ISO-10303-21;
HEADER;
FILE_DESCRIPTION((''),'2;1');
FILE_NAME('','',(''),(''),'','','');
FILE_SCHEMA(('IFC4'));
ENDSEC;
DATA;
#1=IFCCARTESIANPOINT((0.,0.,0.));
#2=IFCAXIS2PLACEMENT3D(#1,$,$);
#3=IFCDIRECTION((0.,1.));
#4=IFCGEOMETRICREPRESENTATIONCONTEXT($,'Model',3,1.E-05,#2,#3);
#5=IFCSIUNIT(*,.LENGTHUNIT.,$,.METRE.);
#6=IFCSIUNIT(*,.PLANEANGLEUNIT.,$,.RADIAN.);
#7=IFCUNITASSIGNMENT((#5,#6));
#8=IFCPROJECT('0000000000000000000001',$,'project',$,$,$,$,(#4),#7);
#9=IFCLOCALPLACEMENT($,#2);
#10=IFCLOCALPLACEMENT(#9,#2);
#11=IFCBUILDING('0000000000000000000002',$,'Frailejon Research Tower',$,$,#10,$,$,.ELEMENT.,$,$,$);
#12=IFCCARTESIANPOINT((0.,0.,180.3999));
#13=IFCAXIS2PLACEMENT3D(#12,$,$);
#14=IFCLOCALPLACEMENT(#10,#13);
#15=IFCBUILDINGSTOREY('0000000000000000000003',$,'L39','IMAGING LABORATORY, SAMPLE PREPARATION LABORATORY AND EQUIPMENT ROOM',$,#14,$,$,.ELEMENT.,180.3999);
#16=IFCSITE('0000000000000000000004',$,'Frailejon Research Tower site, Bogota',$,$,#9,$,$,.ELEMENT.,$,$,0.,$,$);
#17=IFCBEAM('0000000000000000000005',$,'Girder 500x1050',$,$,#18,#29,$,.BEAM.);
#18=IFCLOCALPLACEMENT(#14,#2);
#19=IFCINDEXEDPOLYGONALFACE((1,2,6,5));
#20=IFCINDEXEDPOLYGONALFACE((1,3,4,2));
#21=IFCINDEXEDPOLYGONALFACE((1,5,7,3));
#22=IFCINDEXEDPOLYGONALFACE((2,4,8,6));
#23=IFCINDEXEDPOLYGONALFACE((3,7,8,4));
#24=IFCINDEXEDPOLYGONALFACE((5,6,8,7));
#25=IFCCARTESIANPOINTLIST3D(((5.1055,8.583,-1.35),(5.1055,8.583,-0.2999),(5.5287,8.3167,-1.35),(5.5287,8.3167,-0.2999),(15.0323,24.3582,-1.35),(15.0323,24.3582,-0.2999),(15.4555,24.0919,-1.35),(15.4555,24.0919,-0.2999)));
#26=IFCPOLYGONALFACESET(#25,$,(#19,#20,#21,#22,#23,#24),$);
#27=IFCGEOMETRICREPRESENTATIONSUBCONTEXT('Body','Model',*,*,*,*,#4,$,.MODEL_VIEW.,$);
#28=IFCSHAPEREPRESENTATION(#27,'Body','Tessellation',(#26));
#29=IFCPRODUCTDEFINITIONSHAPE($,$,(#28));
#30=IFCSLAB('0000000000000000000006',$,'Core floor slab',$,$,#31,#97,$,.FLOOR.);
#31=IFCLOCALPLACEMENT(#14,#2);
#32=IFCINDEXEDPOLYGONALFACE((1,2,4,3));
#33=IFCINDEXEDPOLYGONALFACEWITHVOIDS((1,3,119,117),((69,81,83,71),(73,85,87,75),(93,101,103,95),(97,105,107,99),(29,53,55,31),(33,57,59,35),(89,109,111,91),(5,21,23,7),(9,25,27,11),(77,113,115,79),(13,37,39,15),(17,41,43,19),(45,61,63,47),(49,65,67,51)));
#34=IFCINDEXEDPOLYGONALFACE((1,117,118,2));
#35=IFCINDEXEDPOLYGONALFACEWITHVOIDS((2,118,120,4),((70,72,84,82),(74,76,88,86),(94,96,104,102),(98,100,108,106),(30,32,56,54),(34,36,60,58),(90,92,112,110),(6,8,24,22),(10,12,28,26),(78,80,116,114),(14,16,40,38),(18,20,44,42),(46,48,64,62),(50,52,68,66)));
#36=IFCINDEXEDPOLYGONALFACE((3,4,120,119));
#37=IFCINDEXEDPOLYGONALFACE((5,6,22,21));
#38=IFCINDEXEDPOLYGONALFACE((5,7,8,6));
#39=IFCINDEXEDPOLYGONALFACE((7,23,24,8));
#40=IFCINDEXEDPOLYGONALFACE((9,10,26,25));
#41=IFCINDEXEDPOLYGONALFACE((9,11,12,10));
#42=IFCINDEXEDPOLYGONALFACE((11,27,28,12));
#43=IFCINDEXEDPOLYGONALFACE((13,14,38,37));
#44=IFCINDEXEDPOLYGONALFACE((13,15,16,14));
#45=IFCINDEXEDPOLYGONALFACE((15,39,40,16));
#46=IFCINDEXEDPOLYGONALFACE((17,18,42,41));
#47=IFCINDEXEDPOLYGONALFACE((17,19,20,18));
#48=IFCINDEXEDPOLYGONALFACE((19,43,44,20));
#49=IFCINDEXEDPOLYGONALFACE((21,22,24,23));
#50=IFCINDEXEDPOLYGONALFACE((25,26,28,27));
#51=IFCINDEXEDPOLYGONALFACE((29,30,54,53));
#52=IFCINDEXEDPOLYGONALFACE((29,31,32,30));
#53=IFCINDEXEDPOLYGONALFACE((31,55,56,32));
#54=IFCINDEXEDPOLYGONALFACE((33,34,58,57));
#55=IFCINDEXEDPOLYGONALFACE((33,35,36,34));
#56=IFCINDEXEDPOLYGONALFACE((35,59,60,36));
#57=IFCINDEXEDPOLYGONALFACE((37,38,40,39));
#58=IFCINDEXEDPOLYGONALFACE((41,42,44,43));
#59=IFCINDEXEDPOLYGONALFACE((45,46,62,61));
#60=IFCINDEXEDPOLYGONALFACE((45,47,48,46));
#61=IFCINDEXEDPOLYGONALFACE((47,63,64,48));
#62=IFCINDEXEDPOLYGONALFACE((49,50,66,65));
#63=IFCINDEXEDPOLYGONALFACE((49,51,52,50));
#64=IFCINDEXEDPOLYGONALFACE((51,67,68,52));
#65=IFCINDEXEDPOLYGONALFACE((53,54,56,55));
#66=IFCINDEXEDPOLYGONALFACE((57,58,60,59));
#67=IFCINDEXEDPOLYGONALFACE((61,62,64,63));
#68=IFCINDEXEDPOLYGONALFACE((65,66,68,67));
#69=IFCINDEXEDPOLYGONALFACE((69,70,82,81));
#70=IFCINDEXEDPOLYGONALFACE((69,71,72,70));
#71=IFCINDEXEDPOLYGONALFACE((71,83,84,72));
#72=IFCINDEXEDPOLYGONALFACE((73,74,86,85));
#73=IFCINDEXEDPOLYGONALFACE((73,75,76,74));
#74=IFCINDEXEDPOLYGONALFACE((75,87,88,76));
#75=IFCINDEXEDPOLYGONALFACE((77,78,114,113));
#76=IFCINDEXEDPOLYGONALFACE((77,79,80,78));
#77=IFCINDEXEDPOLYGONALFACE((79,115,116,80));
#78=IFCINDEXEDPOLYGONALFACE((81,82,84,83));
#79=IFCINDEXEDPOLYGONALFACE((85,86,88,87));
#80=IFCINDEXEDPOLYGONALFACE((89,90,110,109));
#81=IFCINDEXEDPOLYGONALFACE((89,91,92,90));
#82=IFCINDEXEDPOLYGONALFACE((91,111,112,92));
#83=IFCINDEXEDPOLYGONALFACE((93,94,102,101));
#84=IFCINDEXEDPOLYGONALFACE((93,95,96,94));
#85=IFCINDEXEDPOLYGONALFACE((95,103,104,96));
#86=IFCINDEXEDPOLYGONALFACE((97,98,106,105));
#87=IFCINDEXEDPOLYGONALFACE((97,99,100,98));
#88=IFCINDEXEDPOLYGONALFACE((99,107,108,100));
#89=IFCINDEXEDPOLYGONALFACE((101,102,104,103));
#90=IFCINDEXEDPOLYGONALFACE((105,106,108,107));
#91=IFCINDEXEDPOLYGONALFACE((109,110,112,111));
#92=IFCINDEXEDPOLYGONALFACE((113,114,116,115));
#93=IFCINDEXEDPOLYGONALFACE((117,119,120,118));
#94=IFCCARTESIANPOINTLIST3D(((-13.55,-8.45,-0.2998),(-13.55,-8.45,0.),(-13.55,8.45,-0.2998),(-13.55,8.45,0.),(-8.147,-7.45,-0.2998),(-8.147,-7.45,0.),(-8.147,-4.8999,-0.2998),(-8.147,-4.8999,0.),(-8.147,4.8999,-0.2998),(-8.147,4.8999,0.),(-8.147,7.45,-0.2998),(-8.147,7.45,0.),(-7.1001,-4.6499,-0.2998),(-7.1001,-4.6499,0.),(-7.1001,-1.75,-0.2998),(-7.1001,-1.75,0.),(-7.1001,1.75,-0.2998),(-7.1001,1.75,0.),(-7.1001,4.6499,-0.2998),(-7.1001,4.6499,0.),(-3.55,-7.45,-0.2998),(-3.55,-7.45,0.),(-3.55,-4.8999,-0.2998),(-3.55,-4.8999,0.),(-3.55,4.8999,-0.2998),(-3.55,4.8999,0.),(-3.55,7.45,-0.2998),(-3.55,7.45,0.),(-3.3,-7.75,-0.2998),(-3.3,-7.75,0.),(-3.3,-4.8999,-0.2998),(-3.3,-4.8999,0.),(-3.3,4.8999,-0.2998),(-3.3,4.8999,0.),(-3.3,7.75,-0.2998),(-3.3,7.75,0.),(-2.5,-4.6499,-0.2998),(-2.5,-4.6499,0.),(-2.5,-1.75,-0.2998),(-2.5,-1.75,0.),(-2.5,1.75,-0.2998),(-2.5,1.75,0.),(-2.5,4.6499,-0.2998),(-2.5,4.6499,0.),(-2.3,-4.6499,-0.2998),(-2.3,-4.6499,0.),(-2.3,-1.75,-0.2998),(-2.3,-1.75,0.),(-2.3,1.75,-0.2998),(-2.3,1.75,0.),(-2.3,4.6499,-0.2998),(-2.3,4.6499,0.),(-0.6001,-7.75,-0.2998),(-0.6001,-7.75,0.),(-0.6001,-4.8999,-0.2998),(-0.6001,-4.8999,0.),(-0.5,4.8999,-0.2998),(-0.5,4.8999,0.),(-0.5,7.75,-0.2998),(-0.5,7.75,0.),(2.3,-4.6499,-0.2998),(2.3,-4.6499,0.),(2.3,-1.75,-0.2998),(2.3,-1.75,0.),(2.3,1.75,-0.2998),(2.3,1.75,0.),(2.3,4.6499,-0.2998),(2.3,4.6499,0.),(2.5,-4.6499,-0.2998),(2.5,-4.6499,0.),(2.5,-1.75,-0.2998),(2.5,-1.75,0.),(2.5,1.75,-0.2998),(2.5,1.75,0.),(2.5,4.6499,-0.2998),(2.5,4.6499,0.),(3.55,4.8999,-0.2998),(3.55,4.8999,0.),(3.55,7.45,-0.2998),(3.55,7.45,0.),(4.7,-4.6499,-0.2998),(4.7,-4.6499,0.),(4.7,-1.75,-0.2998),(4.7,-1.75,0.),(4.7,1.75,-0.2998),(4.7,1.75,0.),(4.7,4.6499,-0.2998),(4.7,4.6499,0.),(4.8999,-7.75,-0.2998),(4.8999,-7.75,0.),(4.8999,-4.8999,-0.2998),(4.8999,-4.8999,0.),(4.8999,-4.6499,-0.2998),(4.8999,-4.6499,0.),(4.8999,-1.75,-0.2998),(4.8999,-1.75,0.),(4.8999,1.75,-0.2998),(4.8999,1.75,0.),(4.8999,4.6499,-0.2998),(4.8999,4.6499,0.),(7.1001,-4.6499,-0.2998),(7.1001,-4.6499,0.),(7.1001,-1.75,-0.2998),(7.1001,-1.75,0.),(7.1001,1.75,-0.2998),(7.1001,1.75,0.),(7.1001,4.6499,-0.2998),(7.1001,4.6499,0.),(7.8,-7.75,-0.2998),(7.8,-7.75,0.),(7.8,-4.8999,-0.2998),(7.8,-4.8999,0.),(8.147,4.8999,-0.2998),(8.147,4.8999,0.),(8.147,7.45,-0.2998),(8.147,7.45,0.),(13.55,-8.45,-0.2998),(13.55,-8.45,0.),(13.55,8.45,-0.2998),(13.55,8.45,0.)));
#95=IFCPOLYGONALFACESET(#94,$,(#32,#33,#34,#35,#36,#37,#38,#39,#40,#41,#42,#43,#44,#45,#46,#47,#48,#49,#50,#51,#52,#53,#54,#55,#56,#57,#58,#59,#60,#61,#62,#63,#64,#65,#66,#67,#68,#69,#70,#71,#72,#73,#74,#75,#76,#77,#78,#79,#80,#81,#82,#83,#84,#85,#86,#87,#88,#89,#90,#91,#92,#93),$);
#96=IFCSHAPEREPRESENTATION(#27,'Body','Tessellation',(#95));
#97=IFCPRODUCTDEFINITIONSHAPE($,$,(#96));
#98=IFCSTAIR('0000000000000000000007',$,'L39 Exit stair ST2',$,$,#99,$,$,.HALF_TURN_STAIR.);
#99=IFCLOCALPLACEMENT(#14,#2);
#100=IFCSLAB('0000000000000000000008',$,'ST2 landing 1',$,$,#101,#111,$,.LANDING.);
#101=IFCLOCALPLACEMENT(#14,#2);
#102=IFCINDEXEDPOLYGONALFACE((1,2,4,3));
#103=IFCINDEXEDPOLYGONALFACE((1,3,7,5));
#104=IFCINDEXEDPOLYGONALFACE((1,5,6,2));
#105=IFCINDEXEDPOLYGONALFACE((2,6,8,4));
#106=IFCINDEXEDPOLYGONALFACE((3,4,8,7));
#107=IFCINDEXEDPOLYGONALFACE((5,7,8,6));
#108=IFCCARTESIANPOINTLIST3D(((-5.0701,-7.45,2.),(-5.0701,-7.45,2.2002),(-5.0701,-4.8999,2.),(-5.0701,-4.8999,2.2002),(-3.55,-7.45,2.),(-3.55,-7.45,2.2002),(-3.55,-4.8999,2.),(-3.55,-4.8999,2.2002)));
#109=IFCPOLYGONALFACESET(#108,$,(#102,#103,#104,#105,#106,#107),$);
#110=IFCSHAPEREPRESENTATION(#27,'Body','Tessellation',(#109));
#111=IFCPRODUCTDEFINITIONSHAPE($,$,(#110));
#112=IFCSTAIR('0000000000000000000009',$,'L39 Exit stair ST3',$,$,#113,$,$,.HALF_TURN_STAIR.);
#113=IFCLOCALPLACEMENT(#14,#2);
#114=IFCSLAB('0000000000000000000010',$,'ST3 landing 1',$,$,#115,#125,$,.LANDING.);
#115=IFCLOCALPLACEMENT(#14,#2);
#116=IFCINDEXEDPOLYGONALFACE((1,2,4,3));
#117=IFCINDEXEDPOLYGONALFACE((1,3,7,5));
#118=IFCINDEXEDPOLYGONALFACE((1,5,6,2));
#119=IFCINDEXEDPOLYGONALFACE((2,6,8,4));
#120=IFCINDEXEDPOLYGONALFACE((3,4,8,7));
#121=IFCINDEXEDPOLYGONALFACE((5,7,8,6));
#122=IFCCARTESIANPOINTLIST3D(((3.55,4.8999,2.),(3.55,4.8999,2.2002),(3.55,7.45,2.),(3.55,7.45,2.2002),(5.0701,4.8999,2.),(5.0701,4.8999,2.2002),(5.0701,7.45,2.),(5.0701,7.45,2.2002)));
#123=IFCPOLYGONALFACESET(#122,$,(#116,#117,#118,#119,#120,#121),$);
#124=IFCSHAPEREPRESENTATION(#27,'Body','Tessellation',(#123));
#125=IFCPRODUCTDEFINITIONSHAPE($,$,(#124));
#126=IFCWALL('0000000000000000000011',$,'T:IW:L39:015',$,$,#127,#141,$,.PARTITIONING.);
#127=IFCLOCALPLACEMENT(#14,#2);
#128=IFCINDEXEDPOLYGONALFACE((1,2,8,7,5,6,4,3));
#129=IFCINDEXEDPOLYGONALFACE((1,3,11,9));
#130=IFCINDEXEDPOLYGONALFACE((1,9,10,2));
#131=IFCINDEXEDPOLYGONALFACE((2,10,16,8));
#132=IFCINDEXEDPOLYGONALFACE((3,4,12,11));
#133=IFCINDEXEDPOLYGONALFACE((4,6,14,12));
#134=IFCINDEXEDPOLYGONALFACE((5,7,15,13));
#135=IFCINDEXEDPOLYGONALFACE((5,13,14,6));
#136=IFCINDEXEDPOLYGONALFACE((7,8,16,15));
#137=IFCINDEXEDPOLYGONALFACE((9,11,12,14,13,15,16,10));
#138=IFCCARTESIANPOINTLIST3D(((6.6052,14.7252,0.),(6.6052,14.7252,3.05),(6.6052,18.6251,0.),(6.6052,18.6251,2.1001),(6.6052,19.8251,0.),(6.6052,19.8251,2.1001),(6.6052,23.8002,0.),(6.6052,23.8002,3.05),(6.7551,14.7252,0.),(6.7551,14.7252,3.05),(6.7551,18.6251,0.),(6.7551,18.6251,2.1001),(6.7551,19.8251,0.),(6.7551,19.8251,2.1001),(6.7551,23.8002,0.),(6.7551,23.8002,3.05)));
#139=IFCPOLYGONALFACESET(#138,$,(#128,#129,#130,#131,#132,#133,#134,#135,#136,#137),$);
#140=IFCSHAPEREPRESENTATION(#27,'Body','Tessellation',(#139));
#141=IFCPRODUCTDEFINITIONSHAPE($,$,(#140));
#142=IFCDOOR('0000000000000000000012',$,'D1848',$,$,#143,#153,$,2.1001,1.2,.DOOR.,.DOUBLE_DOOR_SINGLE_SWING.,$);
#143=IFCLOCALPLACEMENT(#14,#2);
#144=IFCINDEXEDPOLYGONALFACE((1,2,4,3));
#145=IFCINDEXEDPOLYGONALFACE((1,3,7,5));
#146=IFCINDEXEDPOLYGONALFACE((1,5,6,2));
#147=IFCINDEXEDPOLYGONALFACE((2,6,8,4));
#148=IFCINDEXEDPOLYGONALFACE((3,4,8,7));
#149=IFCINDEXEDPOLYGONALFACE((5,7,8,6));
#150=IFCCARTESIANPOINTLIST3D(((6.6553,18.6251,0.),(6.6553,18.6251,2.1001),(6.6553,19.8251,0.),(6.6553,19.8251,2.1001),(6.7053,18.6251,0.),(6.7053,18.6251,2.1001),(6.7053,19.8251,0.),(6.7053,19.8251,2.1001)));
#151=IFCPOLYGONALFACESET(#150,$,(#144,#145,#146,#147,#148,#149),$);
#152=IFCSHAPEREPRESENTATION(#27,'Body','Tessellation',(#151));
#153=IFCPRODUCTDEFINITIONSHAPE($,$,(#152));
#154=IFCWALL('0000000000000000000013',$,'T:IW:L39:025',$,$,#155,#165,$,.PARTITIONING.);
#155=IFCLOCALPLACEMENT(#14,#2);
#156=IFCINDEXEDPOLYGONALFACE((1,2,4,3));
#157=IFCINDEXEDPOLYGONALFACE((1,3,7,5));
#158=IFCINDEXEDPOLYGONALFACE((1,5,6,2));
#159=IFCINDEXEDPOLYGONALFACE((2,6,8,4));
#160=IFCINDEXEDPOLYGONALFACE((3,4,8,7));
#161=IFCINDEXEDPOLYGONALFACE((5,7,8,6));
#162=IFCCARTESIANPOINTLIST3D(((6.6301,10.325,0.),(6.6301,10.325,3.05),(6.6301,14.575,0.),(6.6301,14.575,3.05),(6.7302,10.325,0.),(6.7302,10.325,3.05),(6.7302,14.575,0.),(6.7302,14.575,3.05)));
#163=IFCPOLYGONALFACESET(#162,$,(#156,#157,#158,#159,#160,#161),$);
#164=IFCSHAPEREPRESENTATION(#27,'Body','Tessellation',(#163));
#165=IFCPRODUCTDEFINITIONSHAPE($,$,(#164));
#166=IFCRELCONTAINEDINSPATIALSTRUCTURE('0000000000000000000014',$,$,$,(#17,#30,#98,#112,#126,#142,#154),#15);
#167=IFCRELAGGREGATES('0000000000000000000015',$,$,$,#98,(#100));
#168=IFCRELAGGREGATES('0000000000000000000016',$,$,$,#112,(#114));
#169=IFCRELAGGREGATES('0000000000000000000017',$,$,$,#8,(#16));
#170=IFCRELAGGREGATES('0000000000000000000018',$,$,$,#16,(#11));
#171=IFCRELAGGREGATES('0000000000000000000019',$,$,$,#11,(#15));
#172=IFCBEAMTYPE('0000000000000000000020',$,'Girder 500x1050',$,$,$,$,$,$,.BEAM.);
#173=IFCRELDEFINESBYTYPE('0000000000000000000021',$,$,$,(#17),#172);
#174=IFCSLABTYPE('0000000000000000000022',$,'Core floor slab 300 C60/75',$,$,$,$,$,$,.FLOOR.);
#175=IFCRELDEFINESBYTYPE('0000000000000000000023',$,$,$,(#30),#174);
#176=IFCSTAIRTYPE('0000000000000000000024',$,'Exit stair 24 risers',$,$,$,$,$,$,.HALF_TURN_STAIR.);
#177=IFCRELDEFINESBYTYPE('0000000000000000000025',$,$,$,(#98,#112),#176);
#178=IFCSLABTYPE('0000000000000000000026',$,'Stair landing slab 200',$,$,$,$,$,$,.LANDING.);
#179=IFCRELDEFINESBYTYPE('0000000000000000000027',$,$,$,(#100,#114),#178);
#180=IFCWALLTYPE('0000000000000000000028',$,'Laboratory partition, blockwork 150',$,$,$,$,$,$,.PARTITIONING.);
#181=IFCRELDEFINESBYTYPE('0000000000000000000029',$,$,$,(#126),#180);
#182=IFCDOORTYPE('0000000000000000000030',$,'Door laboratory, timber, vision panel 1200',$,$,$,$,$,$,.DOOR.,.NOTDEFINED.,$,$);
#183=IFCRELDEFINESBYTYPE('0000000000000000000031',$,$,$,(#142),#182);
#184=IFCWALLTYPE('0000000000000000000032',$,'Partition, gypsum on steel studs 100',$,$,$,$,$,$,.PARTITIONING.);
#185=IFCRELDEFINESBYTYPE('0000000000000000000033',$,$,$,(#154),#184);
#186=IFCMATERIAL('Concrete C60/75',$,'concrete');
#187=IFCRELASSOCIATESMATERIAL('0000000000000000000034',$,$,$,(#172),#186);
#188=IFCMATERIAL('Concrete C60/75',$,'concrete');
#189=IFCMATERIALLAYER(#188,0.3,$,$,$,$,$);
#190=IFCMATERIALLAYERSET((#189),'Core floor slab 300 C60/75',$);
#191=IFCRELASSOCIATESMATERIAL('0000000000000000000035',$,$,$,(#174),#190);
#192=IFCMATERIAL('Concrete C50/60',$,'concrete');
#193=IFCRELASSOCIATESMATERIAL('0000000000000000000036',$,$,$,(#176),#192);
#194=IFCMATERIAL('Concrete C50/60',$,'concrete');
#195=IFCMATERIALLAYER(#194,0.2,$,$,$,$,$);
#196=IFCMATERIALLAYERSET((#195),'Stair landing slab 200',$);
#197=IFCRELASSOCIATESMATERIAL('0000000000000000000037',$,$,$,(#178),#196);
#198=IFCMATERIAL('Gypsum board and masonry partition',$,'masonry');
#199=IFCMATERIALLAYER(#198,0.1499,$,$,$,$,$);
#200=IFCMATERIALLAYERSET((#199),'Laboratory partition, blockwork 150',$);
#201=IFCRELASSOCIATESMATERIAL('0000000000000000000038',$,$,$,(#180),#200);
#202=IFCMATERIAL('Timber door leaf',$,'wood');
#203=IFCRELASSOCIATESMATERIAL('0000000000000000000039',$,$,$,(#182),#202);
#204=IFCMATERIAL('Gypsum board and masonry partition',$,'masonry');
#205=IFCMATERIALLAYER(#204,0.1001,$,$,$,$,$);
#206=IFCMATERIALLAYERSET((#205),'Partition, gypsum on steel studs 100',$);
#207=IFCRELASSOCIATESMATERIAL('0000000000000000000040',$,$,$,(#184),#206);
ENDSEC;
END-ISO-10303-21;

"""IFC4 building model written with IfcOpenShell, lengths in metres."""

from ifc_helpers import new_model, si_unit, direction, frame, frame_2d, origin, origin_2d, place, context, subcontext, project, spatial, polyline, rectangle, outline, extrude, material, layer, layer_set, material_profile, profile_set, type_object, element, fill, aggregate, save


model = new_model("IFC4")

# Units and contexts
model_context = context("Model", 3, precision=1e-05, world=origin(), true_north=direction((0.0, 1.0)))
body_context = subcontext(model_context, "Body", "Model", "MODEL_VIEW")
ifc_project = project(units=[si_unit("LENGTHUNIT", "METRE"), si_unit("PLANEANGLEUNIT", "RADIAN")], contexts=[model_context])

# Site, building, storey
site_placement = place(None, origin())
site = spatial("IfcSite", under=ifc_project, at=site_placement, Name="Frailejon Research Tower site, Bogota", CompositionType="ELEMENT", RefElevation=0.0)
building_placement = place(site_placement, origin())
building = spatial("IfcBuilding", under=site, at=building_placement, Name="Frailejon Research Tower", CompositionType="ELEMENT")
storey_placement = place(building_placement, frame((0.0, 0.0, 180.3999)))
storey = spatial("IfcBuildingStorey", under=building, at=storey_placement, Name="L39", Description="IMAGING LABORATORY, SAMPLE PREPARATION LABORATORY AND EQUIPMENT ROOM", CompositionType="ELEMENT", Elevation=180.3999)

# Beam
ifc_material_1 = material(Name="Concrete C60/75", Category="concrete")
ifc_material_profile = material_profile(ifc_material_1, rectangle(XDim=0.5, YDim=1.05, at=origin_2d()), Name="Girder 500x1050")
ifc_profile_set = profile_set([ifc_material_profile], Name="Concrete C60/75")
beam_type = type_object("IfcBeamType", Name="Girder 500x1050", PredefinedType="BEAM", material=ifc_profile_set)
beam_placement = place(storey_placement, frame((15.2439, 24.2251, -0.825), z_axis=(-0.532593, -0.846372, 0.0), x_axis=(0.846372, -0.532593, 0.0)))
element("IfcBeam", 1, at=beam_placement, inside=storey, type_object=beam_type, Name="Girder 500x1050", PredefinedType="BEAM", context=body_context, shape_type="SweptSolid", body=[
    extrude(rectangle(XDim=0.5, YDim=1.05, at=origin_2d()), origin(), (0.0, 0.0, 1.0), 18.6387),
])

# Slab
ifc_material_2 = material(Name="Concrete C60/75", Category="concrete")
ifc_layer_1 = layer(ifc_material_2, 0.3)
ifc_layer_set_1 = layer_set([ifc_layer_1], Name="Core floor slab 300 C60/75")
slab_type_1 = type_object("IfcSlabType", Name="Core floor slab 300 C60/75", PredefinedType="FLOOR", material=ifc_layer_set_1)
slab_1_placement = place(storey_placement, frame((0.0, 0.0, -0.2998)))
element("IfcSlab", 2, at=slab_1_placement, inside=storey, type_object=slab_type_1, Name="Core floor slab", PredefinedType="FLOOR", context=body_context, shape_type="SweptSolid", body=[
    extrude(outline(polyline([(13.55, -8.45), (13.55, 8.45), (-13.55, 8.45), (-13.55, -8.45), (13.55, -8.45)]), holes=[polyline([(-2.5, 1.75), (-2.5, 4.6499), (-7.1001, 4.6499), (-7.1001, 1.75), (-2.5, 1.75)]), polyline([(2.3, 1.75), (2.3, 4.6499), (-2.3, 4.6499), (-2.3, 1.75), (2.3, 1.75)]), polyline([(4.7, 1.75), (4.7, 4.6499), (2.5, 4.6499), (2.5, 1.75), (4.7, 1.75)]), polyline([(7.1001, 1.75), (7.1001, 4.6499), (4.8999, 4.6499), (4.8999, 1.75), (7.1001, 1.75)]), polyline([(-2.5, -4.6499), (-2.5, -1.75), (-7.1001, -1.75), (-7.1001, -4.6499), (-2.5, -4.6499)]), polyline([(2.3, -4.6499), (2.3, -1.75), (-2.3, -1.75), (-2.3, -4.6499), (2.3, -4.6499)]), polyline([(4.7, -4.6499), (4.7, -1.75), (2.5, -1.75), (2.5, -4.6499), (4.7, -4.6499)]), polyline([(7.1001, -4.6499), (7.1001, -1.75), (4.8999, -1.75), (4.8999, -4.6499), (7.1001, -4.6499)]), polyline([(-8.147, 4.8999), (-3.55, 4.8999), (-3.55, 7.45), (-8.147, 7.45), (-8.147, 4.8999)]), polyline([(-8.147, -7.45), (-3.55, -7.45), (-3.55, -4.8999), (-8.147, -4.8999), (-8.147, -7.45)]), polyline([(8.147, 7.45), (3.55, 7.45), (3.55, 4.8999), (8.147, 4.8999), (8.147, 7.45)]), polyline([(-0.6001, -7.75), (-0.6001, -4.8999), (-3.3, -4.8999), (-3.3, -7.75), (-0.6001, -7.75)]), polyline([(7.8, -7.75), (7.8, -4.8999), (4.8999, -4.8999), (4.8999, -7.75), (7.8, -7.75)]), polyline([(-0.5, 4.8999), (-0.5, 7.75), (-3.3, 7.75), (-3.3, 4.8999), (-0.5, 4.8999)])]), origin(), (0.0, 0.0, 1.0), 0.2998),
])

# Stairs, slabs
ifc_material_3 = material(Name="Concrete C50/60", Category="concrete")
stair_type = type_object("IfcStairType", Name="Exit stair 24 risers", PredefinedType="HALF_TURN_STAIR", material=ifc_material_3)
stair_1_placement = place(storey_placement, origin())
stair_1 = element("IfcStair", 3, at=stair_1_placement, inside=storey, type_object=stair_type, Name="L39 Exit stair ST2", PredefinedType="HALF_TURN_STAIR")
ifc_material_4 = material(Name="Concrete C50/60", Category="concrete")
ifc_layer_2 = layer(ifc_material_4, 0.2)
ifc_layer_set_2 = layer_set([ifc_layer_2], Name="Stair landing slab 200")
slab_type_2 = type_object("IfcSlabType", Name="Stair landing slab 200", PredefinedType="LANDING", material=ifc_layer_set_2)
slab_2_placement = place(storey_placement, frame((0.0, 0.0, 2.0)))
slab_2 = element("IfcSlab", 4, at=slab_2_placement, type_object=slab_type_2, Name="ST2 landing 1", PredefinedType="LANDING", context=body_context, shape_type="SweptSolid", body=[
    extrude(outline(polyline([(-5.0701, -7.45), (-3.55, -7.45), (-3.55, -4.8999), (-5.0701, -4.8999), (-5.0701, -7.45)])), origin(), (0.0, 0.0, 1.0), 0.2002),
])
aggregate(stair_1, [slab_2])
stair_2_placement = place(storey_placement, origin())
stair_2 = element("IfcStair", 5, at=stair_2_placement, inside=storey, type_object=stair_type, Name="L39 Exit stair ST3", PredefinedType="HALF_TURN_STAIR")
slab_3_placement = place(storey_placement, frame((0.0, 0.0, 2.0)))
slab_3 = element("IfcSlab", 6, at=slab_3_placement, type_object=slab_type_2, Name="ST3 landing 1", PredefinedType="LANDING", context=body_context, shape_type="SweptSolid", body=[
    extrude(outline(polyline([(5.0701, 7.45), (3.55, 7.45), (3.55, 4.8999), (5.0701, 4.8999), (5.0701, 7.45)])), origin(), (0.0, 0.0, 1.0), 0.2002),
])

# Wall, opening, door
ifc_material_5 = material(Name="Gypsum board and masonry partition", Category="masonry")
ifc_layer_3 = layer(ifc_material_5, 0.1499)
ifc_layer_set_3 = layer_set([ifc_layer_3], Name="Laboratory partition, blockwork 150")
wall_type_1 = type_object("IfcWallType", Name="Laboratory partition, blockwork 150", PredefinedType="PARTITIONING", material=ifc_layer_set_3)
wall_1_placement = place(storey_placement, frame((6.6802, 14.7251, 0.0), z_axis=(0.0, 0.0, 1.0), x_axis=(0.0, 1.0, 0.0)))
wall_1 = element("IfcWall", 7, at=wall_1_placement, inside=storey, type_object=wall_type_1, Name="T:IW:L39:015", PredefinedType="PARTITIONING", context=body_context, shape_type="SweptSolid", body=[
    extrude(rectangle(XDim=9.075, YDim=0.1499, at=frame_2d((4.5376, 0.0))), origin(), (0.0, 0.0, 1.0), 3.05),
])
opening_1_placement = place(wall_1_placement, frame((3.8999, 0.0, 0.0)))
opening_1 = element("IfcOpeningElement", 8, at=opening_1_placement, cuts=wall_1, PredefinedType="OPENING", context=body_context, shape_type="SweptSolid", body=[
    extrude(rectangle(XDim=1.2, YDim=2.1001, at=frame_2d((0.6001, 1.05))), frame((0.0, 0.085, 0.0), z_axis=(0.0, -1.0, 0.0), x_axis=(1.0, 0.0, 0.0)), (0.0, 0.0, 1.0), 0.1699),
])
ifc_material_6 = material(Name="Timber door leaf", Category="wood")
door_type_1 = type_object("IfcDoorType", Name="Door laboratory, timber, vision panel 1200", OperationType="NOTDEFINED", PredefinedType="DOOR", material=ifc_material_6)
door_1_placement = place(opening_1_placement, origin())
door_1 = element("IfcDoor", 9, at=door_1_placement, inside=storey, type_object=door_type_1, Name="D1848", OperationType="DOUBLE_DOOR_SINGLE_SWING", OverallHeight=2.1001, OverallWidth=1.2, PredefinedType="DOOR", context=body_context, shape_type="SweptSolid", body=[
    extrude(rectangle(XDim=1.2, YDim=2.1001, at=frame_2d((0.6001, 1.05))), frame((0.0, 0.0249, 0.0), z_axis=(0.0, -1.0, 0.0), x_axis=(1.0, 0.0, 0.0)), (0.0, 0.0, 1.0), 0.05),
])
fill(opening_1, door_1)

# Wall
ifc_material_7 = material(Name="Gypsum board and masonry partition", Category="masonry")
ifc_layer_4 = layer(ifc_material_7, 0.1001)
ifc_layer_set_4 = layer_set([ifc_layer_4], Name="Partition, gypsum on steel studs 100")
wall_type_2 = type_object("IfcWallType", Name="Partition, gypsum on steel studs 100", PredefinedType="PARTITIONING", material=ifc_layer_set_4)
wall_2_placement = place(storey_placement, frame((6.6802, 10.325, 0.0), z_axis=(0.0, 0.0, 1.0), x_axis=(0.0, 1.0, 0.0)))
element("IfcWall", 10, at=wall_2_placement, inside=storey, type_object=wall_type_2, Name="T:IW:L39:025", PredefinedType="PARTITIONING", context=body_context, shape_type="SweptSolid", body=[
    extrude(rectangle(XDim=4.25, YDim=0.1001, at=frame_2d((2.125, 0.0))), origin(), (0.0, 0.0, 1.0), 3.05),
])

aggregate(stair_2, [slab_3])

save(model, "model.ifc")
